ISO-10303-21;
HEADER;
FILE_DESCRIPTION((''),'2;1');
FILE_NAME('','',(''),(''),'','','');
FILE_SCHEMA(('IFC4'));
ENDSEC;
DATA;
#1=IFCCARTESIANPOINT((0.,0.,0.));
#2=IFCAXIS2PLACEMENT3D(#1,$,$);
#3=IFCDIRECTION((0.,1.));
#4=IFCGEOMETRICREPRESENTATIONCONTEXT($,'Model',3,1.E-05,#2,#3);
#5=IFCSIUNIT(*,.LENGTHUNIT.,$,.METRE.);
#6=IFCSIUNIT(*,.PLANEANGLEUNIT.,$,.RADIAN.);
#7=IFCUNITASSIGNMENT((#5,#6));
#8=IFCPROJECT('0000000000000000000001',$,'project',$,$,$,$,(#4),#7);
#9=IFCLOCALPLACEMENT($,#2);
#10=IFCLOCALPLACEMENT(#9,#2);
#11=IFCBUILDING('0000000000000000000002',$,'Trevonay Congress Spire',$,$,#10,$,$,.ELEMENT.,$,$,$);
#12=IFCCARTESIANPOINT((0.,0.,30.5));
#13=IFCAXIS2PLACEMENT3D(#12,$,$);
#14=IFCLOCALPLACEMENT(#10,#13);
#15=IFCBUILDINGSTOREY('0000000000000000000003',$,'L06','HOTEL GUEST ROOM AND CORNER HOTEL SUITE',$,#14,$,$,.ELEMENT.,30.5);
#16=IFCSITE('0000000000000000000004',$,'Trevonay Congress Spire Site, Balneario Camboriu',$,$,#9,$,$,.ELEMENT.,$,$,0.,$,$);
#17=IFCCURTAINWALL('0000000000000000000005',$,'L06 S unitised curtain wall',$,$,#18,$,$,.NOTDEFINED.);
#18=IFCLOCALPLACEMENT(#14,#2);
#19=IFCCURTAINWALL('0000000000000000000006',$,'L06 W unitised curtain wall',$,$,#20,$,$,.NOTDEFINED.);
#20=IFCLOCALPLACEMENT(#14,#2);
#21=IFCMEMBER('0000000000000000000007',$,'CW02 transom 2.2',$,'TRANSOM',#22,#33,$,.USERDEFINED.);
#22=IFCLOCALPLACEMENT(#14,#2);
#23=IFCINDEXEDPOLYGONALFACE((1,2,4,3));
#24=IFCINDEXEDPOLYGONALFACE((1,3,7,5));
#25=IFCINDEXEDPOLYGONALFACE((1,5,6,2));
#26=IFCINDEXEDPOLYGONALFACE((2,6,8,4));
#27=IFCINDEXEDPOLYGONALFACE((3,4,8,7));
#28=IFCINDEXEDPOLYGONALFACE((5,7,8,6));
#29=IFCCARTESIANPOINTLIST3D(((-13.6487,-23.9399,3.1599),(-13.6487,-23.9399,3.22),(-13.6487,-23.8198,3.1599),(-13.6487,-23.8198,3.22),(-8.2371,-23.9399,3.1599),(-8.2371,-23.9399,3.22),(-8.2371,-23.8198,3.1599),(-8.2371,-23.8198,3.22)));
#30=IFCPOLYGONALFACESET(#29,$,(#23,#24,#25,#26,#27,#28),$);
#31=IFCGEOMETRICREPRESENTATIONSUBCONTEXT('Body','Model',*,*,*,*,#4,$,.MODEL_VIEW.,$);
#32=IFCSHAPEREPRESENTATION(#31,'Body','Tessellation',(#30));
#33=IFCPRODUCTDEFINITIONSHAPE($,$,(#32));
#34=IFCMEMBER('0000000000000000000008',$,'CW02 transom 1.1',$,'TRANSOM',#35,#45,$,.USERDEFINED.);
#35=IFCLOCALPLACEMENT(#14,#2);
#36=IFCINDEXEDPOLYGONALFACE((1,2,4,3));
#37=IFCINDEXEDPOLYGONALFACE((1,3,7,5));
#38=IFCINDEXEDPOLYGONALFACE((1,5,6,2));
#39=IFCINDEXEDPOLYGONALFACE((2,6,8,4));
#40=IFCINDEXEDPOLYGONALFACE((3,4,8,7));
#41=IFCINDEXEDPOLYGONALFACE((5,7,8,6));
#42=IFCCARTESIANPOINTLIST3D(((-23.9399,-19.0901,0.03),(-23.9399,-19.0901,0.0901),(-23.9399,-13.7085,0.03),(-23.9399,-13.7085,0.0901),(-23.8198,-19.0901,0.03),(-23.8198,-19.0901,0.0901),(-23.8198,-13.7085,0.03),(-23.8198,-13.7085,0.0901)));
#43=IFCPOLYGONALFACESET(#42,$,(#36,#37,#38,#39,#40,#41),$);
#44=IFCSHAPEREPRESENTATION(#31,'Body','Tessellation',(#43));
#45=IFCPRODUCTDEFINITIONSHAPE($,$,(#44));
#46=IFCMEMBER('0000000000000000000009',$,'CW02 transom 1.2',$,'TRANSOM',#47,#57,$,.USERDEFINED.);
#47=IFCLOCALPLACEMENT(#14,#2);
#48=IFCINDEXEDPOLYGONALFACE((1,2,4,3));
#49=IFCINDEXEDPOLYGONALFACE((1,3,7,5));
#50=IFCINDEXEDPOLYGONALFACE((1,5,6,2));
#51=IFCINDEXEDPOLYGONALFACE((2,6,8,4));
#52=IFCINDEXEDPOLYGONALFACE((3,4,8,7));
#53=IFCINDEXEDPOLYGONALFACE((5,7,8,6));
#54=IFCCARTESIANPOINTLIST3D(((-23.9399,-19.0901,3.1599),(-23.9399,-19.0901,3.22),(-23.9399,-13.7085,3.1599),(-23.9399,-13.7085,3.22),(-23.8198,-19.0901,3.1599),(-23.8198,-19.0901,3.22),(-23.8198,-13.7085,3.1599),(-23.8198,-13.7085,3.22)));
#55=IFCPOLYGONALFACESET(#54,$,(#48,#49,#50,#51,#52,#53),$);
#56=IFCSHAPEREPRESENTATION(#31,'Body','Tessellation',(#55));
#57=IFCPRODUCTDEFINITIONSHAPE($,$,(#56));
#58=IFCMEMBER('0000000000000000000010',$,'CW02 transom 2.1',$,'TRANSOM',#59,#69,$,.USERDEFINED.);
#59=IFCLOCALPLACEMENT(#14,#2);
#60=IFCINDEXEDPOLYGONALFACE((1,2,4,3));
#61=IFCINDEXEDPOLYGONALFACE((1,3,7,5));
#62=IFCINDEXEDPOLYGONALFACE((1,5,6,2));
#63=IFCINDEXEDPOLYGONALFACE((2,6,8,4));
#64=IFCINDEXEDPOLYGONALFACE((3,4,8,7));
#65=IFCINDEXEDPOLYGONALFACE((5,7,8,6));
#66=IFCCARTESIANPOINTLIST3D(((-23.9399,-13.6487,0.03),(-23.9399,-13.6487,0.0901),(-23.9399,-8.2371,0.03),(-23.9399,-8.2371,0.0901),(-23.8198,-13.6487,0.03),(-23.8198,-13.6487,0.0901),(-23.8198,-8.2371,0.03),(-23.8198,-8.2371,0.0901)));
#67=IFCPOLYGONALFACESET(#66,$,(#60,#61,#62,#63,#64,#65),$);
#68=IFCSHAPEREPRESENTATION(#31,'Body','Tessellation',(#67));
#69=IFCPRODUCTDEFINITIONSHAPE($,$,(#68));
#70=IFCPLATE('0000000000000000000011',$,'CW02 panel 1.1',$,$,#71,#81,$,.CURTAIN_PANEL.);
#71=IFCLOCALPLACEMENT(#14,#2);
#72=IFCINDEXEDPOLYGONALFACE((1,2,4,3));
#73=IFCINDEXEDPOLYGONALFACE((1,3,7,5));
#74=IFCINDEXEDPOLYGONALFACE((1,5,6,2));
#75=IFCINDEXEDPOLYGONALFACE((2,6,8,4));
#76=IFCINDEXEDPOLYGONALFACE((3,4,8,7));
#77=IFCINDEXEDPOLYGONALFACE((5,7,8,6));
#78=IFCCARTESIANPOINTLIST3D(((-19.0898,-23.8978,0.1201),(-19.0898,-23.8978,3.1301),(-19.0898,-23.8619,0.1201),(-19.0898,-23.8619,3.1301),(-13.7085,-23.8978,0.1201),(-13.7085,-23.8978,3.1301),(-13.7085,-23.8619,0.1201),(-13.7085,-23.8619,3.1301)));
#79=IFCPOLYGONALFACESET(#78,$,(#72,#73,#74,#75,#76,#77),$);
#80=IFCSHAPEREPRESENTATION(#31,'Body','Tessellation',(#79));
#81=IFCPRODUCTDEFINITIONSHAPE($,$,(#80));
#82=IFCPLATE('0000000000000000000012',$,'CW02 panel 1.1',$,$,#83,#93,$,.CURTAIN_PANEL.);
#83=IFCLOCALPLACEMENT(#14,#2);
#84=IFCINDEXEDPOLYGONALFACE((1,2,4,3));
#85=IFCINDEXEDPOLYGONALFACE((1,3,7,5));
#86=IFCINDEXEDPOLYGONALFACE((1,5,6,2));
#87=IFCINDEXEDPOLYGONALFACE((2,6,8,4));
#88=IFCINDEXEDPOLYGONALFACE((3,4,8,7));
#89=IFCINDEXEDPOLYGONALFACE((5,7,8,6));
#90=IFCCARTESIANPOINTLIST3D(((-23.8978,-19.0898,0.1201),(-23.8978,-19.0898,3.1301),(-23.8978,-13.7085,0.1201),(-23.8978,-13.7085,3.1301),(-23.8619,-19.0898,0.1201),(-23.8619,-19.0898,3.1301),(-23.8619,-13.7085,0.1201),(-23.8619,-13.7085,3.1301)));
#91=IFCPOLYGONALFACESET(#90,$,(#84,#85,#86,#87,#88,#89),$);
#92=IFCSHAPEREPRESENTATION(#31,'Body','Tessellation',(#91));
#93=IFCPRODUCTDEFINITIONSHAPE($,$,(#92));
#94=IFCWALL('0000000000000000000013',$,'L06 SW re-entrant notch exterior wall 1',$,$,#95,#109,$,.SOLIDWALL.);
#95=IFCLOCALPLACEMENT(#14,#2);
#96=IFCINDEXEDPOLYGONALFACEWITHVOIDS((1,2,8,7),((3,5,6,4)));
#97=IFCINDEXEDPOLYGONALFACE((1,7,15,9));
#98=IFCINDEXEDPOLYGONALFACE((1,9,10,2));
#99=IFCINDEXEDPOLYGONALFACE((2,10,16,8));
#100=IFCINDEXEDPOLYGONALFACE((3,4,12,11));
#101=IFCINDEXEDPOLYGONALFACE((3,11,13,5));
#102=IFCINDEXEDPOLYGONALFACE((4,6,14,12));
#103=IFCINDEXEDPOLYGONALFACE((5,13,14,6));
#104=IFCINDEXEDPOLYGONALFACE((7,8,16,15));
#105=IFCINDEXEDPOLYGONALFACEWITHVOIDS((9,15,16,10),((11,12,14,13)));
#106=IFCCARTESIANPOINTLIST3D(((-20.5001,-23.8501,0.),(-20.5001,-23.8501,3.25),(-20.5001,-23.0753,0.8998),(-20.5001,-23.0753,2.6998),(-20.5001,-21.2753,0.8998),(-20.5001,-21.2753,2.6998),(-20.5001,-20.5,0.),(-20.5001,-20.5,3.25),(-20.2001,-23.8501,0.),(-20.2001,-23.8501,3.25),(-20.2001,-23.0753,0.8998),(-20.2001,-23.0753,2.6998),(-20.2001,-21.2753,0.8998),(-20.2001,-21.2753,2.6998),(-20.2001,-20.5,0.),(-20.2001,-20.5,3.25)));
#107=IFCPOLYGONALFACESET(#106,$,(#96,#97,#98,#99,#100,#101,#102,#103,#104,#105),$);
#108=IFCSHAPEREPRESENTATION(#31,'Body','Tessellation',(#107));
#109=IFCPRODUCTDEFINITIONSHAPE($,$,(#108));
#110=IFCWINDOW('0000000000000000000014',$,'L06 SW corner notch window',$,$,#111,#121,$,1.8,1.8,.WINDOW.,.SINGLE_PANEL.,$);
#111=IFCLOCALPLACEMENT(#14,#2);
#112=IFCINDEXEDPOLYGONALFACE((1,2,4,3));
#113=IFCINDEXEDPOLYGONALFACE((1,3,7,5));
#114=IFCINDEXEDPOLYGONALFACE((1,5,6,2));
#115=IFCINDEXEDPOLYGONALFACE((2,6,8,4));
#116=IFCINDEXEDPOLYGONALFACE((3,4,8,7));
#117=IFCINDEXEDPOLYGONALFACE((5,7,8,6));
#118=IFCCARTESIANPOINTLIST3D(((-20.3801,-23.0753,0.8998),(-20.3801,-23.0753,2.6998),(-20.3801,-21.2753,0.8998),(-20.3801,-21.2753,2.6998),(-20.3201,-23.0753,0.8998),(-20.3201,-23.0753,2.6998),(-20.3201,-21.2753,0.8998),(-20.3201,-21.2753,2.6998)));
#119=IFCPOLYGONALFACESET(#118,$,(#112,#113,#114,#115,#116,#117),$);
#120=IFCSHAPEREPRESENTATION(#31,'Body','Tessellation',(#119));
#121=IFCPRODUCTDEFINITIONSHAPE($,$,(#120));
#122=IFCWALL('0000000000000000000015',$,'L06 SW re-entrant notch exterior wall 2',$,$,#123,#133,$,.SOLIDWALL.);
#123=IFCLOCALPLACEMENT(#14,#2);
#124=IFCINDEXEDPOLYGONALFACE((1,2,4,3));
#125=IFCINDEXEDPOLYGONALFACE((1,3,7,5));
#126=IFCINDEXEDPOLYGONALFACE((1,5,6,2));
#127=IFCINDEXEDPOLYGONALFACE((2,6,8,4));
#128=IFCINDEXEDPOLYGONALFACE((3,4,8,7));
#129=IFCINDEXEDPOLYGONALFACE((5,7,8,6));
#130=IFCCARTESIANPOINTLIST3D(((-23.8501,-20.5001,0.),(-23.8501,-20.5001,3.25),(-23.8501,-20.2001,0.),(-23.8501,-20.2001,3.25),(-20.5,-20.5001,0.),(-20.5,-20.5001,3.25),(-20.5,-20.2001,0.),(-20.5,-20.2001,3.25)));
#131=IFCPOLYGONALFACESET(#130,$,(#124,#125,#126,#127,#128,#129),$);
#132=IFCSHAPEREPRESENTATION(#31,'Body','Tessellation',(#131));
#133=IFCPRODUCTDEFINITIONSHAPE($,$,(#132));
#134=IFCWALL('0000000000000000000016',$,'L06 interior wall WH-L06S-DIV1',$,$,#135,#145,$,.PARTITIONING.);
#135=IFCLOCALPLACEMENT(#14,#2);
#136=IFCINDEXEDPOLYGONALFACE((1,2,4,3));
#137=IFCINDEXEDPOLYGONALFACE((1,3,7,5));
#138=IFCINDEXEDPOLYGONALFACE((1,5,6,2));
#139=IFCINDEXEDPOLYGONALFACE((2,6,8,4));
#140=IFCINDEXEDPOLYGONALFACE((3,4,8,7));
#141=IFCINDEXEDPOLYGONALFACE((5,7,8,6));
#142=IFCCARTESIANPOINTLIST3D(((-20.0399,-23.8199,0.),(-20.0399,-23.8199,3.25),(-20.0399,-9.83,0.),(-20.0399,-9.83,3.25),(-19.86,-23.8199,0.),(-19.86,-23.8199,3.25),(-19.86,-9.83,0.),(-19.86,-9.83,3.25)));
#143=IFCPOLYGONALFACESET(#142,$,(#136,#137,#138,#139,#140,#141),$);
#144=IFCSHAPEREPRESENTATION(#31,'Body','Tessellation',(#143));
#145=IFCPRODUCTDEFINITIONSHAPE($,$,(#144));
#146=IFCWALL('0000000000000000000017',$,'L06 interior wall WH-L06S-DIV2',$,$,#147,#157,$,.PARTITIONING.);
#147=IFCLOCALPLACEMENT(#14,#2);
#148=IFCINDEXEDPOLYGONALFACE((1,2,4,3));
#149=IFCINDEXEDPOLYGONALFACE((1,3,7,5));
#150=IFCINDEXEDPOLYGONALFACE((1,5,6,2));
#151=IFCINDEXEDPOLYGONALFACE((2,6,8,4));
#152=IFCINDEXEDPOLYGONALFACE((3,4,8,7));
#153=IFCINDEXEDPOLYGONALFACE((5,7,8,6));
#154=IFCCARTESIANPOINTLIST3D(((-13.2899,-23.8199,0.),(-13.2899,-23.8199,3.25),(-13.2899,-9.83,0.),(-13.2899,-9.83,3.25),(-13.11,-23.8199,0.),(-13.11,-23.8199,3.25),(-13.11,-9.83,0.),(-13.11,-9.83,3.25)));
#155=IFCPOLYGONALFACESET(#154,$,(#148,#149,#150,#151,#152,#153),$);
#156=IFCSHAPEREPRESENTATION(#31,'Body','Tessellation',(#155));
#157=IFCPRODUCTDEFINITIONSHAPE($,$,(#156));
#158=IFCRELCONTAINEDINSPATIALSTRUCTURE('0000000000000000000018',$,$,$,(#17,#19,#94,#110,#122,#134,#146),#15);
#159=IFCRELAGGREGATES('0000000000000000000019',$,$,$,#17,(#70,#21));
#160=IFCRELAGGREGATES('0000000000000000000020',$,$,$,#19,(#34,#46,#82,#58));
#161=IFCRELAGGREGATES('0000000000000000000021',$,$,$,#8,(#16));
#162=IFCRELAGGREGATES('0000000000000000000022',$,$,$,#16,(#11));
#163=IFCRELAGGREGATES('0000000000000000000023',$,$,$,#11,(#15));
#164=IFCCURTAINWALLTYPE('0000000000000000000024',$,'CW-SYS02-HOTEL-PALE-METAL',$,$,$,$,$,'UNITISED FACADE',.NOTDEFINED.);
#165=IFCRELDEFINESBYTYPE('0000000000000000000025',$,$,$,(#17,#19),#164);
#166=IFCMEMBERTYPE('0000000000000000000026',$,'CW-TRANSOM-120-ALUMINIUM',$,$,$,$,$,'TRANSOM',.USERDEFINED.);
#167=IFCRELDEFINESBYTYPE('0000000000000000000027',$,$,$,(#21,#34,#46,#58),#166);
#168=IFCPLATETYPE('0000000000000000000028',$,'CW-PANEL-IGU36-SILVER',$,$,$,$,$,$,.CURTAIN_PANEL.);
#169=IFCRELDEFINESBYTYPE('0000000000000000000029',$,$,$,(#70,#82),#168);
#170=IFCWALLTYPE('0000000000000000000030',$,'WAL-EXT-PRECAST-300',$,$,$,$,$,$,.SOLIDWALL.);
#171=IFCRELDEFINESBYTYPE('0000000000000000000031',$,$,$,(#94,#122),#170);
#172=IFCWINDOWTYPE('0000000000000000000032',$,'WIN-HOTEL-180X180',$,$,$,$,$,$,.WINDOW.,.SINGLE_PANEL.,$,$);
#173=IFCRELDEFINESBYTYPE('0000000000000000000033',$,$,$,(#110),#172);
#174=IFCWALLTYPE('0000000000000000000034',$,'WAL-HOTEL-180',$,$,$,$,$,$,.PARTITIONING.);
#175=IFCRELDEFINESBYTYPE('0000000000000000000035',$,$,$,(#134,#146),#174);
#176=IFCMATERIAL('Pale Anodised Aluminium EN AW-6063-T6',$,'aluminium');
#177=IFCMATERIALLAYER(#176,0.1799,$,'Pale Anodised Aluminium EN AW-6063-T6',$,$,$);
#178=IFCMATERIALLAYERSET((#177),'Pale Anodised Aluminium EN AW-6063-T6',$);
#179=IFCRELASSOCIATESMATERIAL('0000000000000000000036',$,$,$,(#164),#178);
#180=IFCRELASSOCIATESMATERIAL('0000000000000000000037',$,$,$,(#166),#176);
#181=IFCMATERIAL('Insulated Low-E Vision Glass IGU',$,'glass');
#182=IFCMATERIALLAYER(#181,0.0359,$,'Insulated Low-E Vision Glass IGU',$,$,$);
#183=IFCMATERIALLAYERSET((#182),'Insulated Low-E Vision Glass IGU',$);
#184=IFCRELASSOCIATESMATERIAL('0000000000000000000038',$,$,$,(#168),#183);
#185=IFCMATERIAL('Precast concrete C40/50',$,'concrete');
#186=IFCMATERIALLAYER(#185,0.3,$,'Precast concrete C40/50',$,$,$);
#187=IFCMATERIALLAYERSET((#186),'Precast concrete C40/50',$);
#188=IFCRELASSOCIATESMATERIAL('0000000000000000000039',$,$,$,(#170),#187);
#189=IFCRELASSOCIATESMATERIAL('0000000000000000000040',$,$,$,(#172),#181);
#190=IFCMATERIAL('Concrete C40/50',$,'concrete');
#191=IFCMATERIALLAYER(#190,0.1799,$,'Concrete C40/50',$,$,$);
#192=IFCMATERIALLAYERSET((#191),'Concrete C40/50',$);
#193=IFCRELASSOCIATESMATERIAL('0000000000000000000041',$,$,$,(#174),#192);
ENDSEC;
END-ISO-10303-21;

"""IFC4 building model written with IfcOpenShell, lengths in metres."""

from ifc_helpers import new_model, si_unit, direction, frame, frame_2d, origin, origin_2d, place, context, subcontext, project, spatial, rectangle, extrude, material, layer, layer_set, material_profile, profile_set, type_object, element, fill, aggregate, save


model = new_model("IFC4")

# Units and contexts
model_context = context("Model", 3, precision=1e-05, world=origin(), true_north=direction((0.0, 1.0)))
body_context = subcontext(model_context, "Body", "Model", "MODEL_VIEW")
ifc_project = project(units=[si_unit("LENGTHUNIT", "METRE"), si_unit("PLANEANGLEUNIT", "RADIAN")], contexts=[model_context])

# Site, building, storey
site_placement = place(None, origin())
site = spatial("IfcSite", under=ifc_project, at=site_placement, Name="Trevonay Congress Spire Site, Balneario Camboriu", CompositionType="ELEMENT", RefElevation=0.0)
building_placement = place(site_placement, origin())
building = spatial("IfcBuilding", under=site, at=building_placement, Name="Trevonay Congress Spire", CompositionType="ELEMENT")
storey_placement = place(building_placement, frame((0.0, 0.0, 30.5)))
storey = spatial("IfcBuildingStorey", under=building, at=storey_placement, Name="L06", Description="HOTEL GUEST ROOM AND CORNER HOTEL SUITE", CompositionType="ELEMENT", Elevation=30.5)

# Curtain walls
ifc_material_1 = material(Name="Pale Anodised Aluminium EN AW-6063-T6", Category="aluminium")
ifc_layer_1 = layer(ifc_material_1, 0.1799, Name="Pale Anodised Aluminium EN AW-6063-T6")
ifc_layer_set_1 = layer_set([ifc_layer_1], Name="Pale Anodised Aluminium EN AW-6063-T6")
curtain_wall_type = type_object("IfcCurtainWallType", Name="CW-SYS02-HOTEL-PALE-METAL", ElementType="UNITISED FACADE", PredefinedType="NOTDEFINED", material=ifc_layer_set_1)
curtain_wall_1_placement = place(storey_placement, origin())
curtain_wall_1 = element("IfcCurtainWall", 1, at=curtain_wall_1_placement, inside=storey, type_object=curtain_wall_type, Name="L06 S unitised curtain wall", PredefinedType="NOTDEFINED")
curtain_wall_2_placement = place(storey_placement, origin())
curtain_wall_2 = element("IfcCurtainWall", 2, at=curtain_wall_2_placement, inside=storey, type_object=curtain_wall_type, Name="L06 W unitised curtain wall", PredefinedType="NOTDEFINED")

# Members
ifc_material_profile_1 = material_profile(ifc_material_1, rectangle(XDim=0.1201, YDim=0.0601, at=origin_2d()), Name="CW-TRANSOM-120-ALUMINIUM")
ifc_profile_set_1 = profile_set([ifc_material_profile_1], Name="Pale Anodised Aluminium EN AW-6063-T6")
member_type_1 = type_object("IfcMemberType", Name="CW-TRANSOM-120-ALUMINIUM", ElementType="TRANSOM", PredefinedType="USERDEFINED", material=ifc_profile_set_1)
member_1_placement = place(storey_placement, frame((-13.6487, -23.8799, 3.1899), z_axis=(1.0, 0.0, 0.0), x_axis=(0.0, 1.0, 0.0)))
member_1 = element("IfcMember", 3, at=member_1_placement, type_object=member_type_1, Name="CW02 transom 2.2", ObjectType="TRANSOM", PredefinedType="USERDEFINED", context=body_context, shape_type="SweptSolid", body=[
    extrude(rectangle(XDim=0.1201, YDim=0.0601, at=origin_2d()), origin(), (0.0, 0.0, 1.0), 5.4116),
])
member_2_placement = place(storey_placement, frame((-23.8799, -19.0901, 0.0601), z_axis=(0.0, 1.0, 0.0), x_axis=(-1.0, 0.0, 0.0)))
member_2 = element("IfcMember", 4, at=member_2_placement, type_object=member_type_1, Name="CW02 transom 1.1", ObjectType="TRANSOM", PredefinedType="USERDEFINED", context=body_context, shape_type="SweptSolid", body=[
    extrude(rectangle(XDim=0.1201, YDim=0.0601, at=origin_2d()), origin(), (0.0, 0.0, 1.0), 5.3816),
])
member_3_placement = place(storey_placement, frame((-23.8799, -19.0901, 3.1899), z_axis=(0.0, 1.0, 0.0), x_axis=(-1.0, 0.0, 0.0)))
member_3 = element("IfcMember", 5, at=member_3_placement, type_object=member_type_1, Name="CW02 transom 1.2", ObjectType="TRANSOM", PredefinedType="USERDEFINED", context=body_context, shape_type="SweptSolid", body=[
    extrude(rectangle(XDim=0.1201, YDim=0.0601, at=origin_2d()), origin(), (0.0, 0.0, 1.0), 5.3816),
])
member_4_placement = place(storey_placement, frame((-23.8799, -13.6487, 0.0601), z_axis=(0.0, 1.0, 0.0), x_axis=(-1.0, 0.0, 0.0)))
member_4 = element("IfcMember", 6, at=member_4_placement, type_object=member_type_1, Name="CW02 transom 2.1", ObjectType="TRANSOM", PredefinedType="USERDEFINED", context=body_context, shape_type="SweptSolid", body=[
    extrude(rectangle(XDim=0.1201, YDim=0.0601, at=origin_2d()), origin(), (0.0, 0.0, 1.0), 5.4116),
])

# Plates
ifc_material_2 = material(Name="Insulated Low-E Vision Glass IGU", Category="glass")
ifc_layer_2 = layer(ifc_material_2, 0.0359, Name="Insulated Low-E Vision Glass IGU")
ifc_layer_set_2 = layer_set([ifc_layer_2], Name="Insulated Low-E Vision Glass IGU")
plate_type = type_object("IfcPlateType", Name="CW-PANEL-IGU36-SILVER", PredefinedType="CURTAIN_PANEL", material=ifc_layer_set_2)
plate_1_placement = place(storey_placement, frame((-16.3992, -23.8799, 0.1201), z_axis=(0.0, 0.0, 1.0), x_axis=(1.0, 0.0, 0.0)))
plate_1 = element("IfcPlate", 7, at=plate_1_placement, type_object=plate_type, Name="CW02 panel 1.1", PredefinedType="CURTAIN_PANEL", context=body_context, shape_type="SweptSolid", body=[
    extrude(rectangle(XDim=5.3813, YDim=0.0359, at=origin_2d()), origin(), (0.0, 0.0, 1.0), 3.01),
])
aggregate(curtain_wall_1, [plate_1, member_1])
plate_2_placement = place(storey_placement, frame((-23.8799, -16.3992, 0.1201), z_axis=(0.0, 0.0, 1.0), x_axis=(0.0, 1.0, 0.0)))
plate_2 = element("IfcPlate", 8, at=plate_2_placement, type_object=plate_type, Name="CW02 panel 1.1", PredefinedType="CURTAIN_PANEL", context=body_context, shape_type="SweptSolid", body=[
    extrude(rectangle(XDim=5.3813, YDim=0.0359, at=origin_2d()), origin(), (0.0, 0.0, 1.0), 3.01),
])
aggregate(curtain_wall_2, [member_2, member_3, plate_2, member_4])

# Wall, opening, window
ifc_material_3 = material(Name="Precast concrete C40/50", Category="concrete")
ifc_layer_3 = layer(ifc_material_3, 0.3, Name="Precast concrete C40/50")
ifc_layer_set_3 = layer_set([ifc_layer_3], Name="Precast concrete C40/50")
wall_type_1 = type_object("IfcWallType", Name="WAL-EXT-PRECAST-300", PredefinedType="SOLIDWALL", material=ifc_layer_set_3)
wall_1_placement = place(storey_placement, frame((-20.3501, -23.8501, 0.0), z_axis=(0.0, 0.0, 1.0), x_axis=(0.0, 1.0, 0.0)))
wall_1 = element("IfcWall", 9, at=wall_1_placement, inside=storey, type_object=wall_type_1, Name="L06 SW re-entrant notch exterior wall 1", PredefinedType="SOLIDWALL", context=body_context, shape_type="SweptSolid", body=[
    extrude(rectangle(XDim=3.3501, YDim=0.3, at=frame_2d((1.675, 0.0))), origin(), (0.0, 0.0, 1.0), 3.25),
])
opening_placement = place(wall_1_placement, frame((0.7749, 0.0, 0.8999)))
opening = element("IfcOpeningElement", 10, at=opening_placement, cuts=wall_1, PredefinedType="OPENING", context=body_context, shape_type="SweptSolid", body=[
    extrude(rectangle(XDim=1.8, YDim=1.8, at=frame_2d((0.8999, 0.8999))), frame((0.0, 0.1602, 0.0), z_axis=(0.0, -1.0, 0.0), x_axis=(1.0, 0.0, 0.0)), (0.0, 0.0, 1.0), 0.3201),
])
window_type = type_object("IfcWindowType", Name="WIN-HOTEL-180X180", PartitioningType="SINGLE_PANEL", PredefinedType="WINDOW", material=ifc_material_2)
window_placement = place(opening_placement, origin())
window = element("IfcWindow", 11, at=window_placement, inside=storey, type_object=window_type, Name="L06 SW corner notch window", OverallHeight=1.8, OverallWidth=1.8, PartitioningType="SINGLE_PANEL", PredefinedType="WINDOW", context=body_context, shape_type="SweptSolid", body=[
    extrude(rectangle(XDim=1.8, YDim=1.8, at=frame_2d((0.8999, 0.8999))), frame((0.0, 0.03, 0.0), z_axis=(0.0, -1.0, 0.0), x_axis=(1.0, 0.0, 0.0)), (0.0, 0.0, 1.0), 0.0601),
])
fill(opening, window)

# Walls
wall_2_placement = place(storey_placement, frame((-23.8501, -20.3501, 0.0), z_axis=(0.0, 0.0, 1.0), x_axis=(1.0, 0.0, 0.0)))
element("IfcWall", 12, at=wall_2_placement, inside=storey, type_object=wall_type_1, Name="L06 SW re-entrant notch exterior wall 2", PredefinedType="SOLIDWALL", context=body_context, shape_type="SweptSolid", body=[
    extrude(rectangle(XDim=3.3501, YDim=0.3, at=frame_2d((1.675, 0.0))), origin(), (0.0, 0.0, 1.0), 3.25),
])
ifc_material_4 = material(Name="Concrete C40/50", Category="concrete")
ifc_layer_4 = layer(ifc_material_4, 0.1799, Name="Concrete C40/50")
ifc_layer_set_4 = layer_set([ifc_layer_4], Name="Concrete C40/50")
wall_type_2 = type_object("IfcWallType", Name="WAL-HOTEL-180", PredefinedType="PARTITIONING", material=ifc_layer_set_4)
for number, where, z_axis, x_axis, name in (
    (13, (-19.95, -23.8201, 0.0), (0.0, 0.0, 1.0), (0.0, 1.0, 0.0), "L06 interior wall WH-L06S-DIV1"),
    (14, (-13.2, -23.8201, 0.0), (0.0, 0.0, 1.0), (0.0, 1.0, 0.0), "L06 interior wall WH-L06S-DIV2"),
):
    element("IfcWall", number, at=place(storey_placement, frame(where, z_axis=z_axis, x_axis=x_axis)), inside=storey, type_object=wall_type_2, Name=name, PredefinedType="PARTITIONING", context=body_context, shape_type="SweptSolid", body=[
        extrude(rectangle(XDim=13.99, YDim=0.1799, at=frame_2d((6.9951, 0.0))), origin(), (0.0, 0.0, 1.0), 3.25),
    ])

save(model, "model.ifc")
